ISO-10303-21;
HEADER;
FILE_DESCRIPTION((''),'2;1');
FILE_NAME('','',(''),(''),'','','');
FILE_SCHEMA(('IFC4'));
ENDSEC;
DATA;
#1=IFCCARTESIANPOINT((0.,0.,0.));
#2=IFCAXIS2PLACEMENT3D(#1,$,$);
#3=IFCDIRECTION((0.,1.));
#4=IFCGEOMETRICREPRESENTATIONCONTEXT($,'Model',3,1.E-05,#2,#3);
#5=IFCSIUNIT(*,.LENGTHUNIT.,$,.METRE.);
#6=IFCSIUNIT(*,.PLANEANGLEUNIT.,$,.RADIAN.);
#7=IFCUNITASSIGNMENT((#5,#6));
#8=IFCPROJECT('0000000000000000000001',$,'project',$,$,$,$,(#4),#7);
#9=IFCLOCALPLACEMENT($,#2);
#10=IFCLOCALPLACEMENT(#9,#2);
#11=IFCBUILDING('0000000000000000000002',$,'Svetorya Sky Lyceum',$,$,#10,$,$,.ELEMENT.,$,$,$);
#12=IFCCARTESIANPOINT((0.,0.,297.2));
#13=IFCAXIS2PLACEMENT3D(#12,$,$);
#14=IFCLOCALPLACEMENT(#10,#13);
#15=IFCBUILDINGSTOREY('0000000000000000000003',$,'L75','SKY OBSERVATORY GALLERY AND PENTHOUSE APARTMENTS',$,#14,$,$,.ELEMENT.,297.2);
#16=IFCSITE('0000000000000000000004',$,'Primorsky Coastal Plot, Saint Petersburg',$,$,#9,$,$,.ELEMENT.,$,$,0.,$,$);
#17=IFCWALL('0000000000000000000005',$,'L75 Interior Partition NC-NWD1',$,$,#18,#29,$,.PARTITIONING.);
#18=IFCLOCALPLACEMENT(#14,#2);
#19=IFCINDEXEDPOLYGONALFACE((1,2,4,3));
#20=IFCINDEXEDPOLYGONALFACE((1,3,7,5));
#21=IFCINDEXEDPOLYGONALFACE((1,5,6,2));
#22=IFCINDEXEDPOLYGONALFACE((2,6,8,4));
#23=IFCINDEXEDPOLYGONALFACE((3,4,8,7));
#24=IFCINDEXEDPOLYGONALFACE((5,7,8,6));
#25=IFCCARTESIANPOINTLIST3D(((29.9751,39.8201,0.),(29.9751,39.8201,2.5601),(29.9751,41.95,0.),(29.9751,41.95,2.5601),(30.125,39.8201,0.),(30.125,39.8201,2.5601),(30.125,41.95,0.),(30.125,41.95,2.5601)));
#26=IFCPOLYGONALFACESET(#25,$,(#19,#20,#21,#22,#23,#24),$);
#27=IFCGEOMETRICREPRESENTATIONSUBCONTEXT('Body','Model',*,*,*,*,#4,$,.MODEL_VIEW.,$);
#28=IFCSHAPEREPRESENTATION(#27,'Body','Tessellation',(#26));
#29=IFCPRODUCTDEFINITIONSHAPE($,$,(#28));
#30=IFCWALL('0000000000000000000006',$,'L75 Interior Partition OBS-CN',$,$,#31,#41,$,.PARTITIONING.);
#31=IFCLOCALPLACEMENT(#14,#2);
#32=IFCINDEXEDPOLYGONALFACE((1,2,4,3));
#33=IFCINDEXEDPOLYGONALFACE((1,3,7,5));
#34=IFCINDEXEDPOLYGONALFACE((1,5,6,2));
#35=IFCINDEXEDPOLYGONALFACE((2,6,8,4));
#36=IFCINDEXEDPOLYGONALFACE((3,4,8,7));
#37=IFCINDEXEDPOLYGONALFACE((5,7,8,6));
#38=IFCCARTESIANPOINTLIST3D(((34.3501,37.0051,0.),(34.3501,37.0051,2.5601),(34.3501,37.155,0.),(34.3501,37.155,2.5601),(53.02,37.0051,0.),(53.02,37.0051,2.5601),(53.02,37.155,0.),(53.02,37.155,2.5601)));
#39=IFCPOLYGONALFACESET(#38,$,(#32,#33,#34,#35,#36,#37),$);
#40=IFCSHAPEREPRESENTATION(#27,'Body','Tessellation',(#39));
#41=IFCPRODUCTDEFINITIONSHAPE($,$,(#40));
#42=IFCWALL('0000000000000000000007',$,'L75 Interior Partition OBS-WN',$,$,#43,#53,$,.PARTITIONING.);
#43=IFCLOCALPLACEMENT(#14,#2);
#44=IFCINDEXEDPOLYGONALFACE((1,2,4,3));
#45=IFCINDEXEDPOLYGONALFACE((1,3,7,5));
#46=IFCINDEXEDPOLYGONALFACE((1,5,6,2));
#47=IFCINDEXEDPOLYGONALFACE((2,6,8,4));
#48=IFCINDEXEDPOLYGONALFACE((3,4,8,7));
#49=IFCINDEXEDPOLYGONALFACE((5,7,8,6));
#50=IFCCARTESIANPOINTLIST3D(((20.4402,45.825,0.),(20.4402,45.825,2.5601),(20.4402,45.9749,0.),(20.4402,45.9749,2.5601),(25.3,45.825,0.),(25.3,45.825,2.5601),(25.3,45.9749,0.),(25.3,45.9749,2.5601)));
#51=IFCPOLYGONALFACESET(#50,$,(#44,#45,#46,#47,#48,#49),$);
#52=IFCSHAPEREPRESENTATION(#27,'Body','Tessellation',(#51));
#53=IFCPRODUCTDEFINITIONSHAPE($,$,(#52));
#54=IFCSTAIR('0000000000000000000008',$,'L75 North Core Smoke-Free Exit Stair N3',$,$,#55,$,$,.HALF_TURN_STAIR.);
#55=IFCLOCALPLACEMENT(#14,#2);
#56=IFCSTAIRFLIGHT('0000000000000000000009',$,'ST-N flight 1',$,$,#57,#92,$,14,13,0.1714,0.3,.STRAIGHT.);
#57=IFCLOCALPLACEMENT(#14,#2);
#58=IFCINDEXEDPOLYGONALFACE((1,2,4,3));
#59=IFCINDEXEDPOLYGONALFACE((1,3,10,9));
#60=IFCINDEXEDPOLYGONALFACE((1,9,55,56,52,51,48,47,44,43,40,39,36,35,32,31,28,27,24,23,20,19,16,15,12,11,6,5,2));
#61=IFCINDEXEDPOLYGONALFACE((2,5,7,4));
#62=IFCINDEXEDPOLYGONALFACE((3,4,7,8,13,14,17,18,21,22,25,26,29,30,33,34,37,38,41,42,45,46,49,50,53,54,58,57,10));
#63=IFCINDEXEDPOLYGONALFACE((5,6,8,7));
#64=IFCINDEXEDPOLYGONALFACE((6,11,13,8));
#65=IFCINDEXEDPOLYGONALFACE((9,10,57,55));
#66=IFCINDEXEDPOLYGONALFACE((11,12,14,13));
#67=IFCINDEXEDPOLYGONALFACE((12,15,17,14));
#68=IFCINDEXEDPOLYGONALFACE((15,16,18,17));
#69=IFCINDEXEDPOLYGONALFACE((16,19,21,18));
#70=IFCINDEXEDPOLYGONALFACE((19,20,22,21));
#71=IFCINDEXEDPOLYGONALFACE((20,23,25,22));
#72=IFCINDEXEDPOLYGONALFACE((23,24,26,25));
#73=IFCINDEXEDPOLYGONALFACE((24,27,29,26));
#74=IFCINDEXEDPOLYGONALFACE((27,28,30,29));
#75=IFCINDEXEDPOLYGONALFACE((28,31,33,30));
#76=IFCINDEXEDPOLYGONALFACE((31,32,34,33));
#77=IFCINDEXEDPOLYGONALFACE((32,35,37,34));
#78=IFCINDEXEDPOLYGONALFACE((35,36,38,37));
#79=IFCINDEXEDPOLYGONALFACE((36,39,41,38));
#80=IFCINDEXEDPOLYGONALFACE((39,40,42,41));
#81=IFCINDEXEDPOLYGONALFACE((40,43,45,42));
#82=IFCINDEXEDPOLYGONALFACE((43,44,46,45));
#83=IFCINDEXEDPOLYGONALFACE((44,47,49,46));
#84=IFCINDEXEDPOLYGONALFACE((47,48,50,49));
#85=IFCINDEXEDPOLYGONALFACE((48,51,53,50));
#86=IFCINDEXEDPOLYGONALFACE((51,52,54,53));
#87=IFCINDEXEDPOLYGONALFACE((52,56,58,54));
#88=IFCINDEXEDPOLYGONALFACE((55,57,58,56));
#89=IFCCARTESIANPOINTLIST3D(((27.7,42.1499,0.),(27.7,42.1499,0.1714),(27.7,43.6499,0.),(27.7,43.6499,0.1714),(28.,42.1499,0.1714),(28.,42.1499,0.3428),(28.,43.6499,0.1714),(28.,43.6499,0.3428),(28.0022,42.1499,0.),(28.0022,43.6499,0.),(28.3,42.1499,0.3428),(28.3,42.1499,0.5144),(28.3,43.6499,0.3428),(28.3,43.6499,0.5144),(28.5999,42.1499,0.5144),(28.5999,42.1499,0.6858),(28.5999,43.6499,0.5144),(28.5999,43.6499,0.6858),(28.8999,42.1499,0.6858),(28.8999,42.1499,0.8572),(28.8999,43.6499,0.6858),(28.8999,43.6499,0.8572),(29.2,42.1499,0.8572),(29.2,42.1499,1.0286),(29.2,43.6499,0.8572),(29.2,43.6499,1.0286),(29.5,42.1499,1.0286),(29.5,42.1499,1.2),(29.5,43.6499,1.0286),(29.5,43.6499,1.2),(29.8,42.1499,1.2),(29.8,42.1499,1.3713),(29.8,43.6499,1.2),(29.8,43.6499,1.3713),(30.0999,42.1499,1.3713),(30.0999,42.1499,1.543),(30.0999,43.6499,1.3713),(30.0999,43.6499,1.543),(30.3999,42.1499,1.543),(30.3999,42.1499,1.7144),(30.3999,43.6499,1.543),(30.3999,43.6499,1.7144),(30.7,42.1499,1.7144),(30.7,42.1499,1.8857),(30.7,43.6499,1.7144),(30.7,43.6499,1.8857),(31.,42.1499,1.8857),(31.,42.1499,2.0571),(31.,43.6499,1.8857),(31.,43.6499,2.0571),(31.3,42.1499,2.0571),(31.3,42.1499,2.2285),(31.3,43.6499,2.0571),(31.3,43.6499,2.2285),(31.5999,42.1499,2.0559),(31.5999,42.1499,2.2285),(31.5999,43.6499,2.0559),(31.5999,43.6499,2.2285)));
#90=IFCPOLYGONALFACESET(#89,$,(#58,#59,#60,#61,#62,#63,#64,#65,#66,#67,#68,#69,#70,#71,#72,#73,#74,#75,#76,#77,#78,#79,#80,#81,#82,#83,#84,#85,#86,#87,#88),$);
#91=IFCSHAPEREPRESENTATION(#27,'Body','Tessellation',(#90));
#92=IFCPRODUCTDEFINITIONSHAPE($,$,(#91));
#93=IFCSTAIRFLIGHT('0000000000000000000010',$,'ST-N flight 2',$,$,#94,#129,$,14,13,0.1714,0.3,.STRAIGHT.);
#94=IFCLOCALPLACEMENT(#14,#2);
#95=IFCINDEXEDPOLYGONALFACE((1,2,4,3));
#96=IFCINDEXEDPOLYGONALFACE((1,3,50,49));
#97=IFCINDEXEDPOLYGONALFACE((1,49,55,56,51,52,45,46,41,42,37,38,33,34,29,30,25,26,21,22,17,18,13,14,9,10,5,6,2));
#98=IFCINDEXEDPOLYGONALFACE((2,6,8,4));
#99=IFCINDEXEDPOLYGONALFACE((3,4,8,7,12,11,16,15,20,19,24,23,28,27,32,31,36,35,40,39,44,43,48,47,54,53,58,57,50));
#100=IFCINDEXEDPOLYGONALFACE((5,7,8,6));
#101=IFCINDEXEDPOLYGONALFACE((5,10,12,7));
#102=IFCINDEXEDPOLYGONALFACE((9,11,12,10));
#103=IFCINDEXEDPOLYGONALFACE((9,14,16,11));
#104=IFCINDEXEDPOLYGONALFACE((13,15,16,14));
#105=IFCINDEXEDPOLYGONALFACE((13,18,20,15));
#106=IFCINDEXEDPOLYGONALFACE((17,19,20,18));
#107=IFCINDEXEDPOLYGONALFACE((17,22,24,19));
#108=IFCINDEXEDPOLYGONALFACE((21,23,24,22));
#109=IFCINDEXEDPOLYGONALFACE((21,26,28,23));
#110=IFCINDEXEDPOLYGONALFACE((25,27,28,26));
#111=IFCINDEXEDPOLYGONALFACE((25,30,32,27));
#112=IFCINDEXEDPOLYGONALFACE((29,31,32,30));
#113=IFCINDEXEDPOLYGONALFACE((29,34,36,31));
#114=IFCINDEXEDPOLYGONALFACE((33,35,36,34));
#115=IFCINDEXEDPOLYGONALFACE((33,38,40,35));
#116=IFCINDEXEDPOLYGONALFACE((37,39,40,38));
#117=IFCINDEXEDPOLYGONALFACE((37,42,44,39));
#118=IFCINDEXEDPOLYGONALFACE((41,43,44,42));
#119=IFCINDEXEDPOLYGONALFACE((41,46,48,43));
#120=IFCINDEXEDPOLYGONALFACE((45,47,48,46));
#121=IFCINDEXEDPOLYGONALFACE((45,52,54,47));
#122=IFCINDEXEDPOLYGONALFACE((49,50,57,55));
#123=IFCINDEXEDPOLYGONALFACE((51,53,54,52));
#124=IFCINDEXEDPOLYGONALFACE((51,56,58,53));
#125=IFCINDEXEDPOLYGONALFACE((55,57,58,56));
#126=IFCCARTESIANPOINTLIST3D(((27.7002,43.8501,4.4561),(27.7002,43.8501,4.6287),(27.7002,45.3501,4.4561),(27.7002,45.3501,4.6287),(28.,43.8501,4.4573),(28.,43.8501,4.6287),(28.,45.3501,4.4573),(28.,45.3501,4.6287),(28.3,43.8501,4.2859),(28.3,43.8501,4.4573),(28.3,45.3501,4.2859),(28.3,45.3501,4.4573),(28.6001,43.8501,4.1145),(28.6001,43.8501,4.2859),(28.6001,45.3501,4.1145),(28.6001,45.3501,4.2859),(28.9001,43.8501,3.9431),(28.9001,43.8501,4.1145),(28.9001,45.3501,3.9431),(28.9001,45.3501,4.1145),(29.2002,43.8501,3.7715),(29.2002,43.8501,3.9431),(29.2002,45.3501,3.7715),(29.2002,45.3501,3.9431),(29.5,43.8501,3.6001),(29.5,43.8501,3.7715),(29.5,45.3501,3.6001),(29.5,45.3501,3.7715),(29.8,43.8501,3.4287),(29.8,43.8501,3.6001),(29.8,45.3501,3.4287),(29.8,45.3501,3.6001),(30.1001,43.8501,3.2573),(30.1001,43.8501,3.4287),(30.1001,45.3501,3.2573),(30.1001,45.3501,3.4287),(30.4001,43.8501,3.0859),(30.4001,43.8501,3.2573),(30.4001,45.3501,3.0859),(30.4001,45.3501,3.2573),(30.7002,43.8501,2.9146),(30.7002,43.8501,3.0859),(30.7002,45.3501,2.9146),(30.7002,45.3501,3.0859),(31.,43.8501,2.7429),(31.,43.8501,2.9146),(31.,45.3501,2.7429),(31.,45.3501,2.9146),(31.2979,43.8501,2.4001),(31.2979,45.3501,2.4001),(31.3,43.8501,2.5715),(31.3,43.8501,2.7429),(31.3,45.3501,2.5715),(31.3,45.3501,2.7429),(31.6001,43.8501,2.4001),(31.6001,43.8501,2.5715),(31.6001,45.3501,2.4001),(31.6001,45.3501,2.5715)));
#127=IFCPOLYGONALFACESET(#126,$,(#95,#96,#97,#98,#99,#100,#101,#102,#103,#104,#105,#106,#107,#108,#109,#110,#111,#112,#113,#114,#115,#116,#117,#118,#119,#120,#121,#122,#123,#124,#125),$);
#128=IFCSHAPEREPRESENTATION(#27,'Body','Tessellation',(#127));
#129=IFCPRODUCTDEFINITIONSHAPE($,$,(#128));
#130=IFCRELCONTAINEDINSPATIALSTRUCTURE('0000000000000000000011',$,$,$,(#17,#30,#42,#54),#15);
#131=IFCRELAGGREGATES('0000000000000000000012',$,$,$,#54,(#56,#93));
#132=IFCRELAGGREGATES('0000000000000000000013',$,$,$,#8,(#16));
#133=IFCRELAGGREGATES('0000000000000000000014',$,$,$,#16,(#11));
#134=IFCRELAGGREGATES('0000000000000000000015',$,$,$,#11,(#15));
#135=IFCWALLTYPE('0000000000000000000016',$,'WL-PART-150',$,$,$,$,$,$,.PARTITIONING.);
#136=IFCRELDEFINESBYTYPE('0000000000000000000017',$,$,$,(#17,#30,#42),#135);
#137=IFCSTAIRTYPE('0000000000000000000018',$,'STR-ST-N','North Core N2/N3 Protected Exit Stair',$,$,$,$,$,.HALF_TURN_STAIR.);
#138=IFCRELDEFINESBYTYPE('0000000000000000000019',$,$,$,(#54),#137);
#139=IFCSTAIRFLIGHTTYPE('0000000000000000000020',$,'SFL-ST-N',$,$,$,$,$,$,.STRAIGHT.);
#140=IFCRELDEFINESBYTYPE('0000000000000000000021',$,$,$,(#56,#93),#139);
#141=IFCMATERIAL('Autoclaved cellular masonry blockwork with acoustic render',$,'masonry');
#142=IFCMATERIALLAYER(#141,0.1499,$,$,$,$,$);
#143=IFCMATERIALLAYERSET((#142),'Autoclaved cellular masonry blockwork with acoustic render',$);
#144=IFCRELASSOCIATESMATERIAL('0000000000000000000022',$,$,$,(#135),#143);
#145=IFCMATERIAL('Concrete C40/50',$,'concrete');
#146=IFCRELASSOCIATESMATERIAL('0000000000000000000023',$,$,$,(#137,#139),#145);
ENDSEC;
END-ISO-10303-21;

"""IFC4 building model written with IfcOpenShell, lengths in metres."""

from ifc_helpers import new_model, si_unit, direction, frame, frame_2d, origin, place, context, subcontext, project, spatial, polyline, rectangle, outline, extrude, material, layer, layer_set, type_object, element, aggregate, save


model = new_model("IFC4")

# Units and contexts
model_context = context("Model", 3, precision=1e-05, world=origin(), true_north=direction((0.0, 1.0)))
body_context = subcontext(model_context, "Body", "Model", "MODEL_VIEW")
ifc_project = project(units=[si_unit("LENGTHUNIT", "METRE"), si_unit("PLANEANGLEUNIT", "RADIAN")], contexts=[model_context])

# Site, building, storey
site_placement = place(None, origin())
site = spatial("IfcSite", under=ifc_project, at=site_placement, Name="Primorsky Coastal Plot, Saint Petersburg", CompositionType="ELEMENT", RefElevation=0.0)
building_placement = place(site_placement, origin())
building = spatial("IfcBuilding", under=site, at=building_placement, Name="Svetorya Sky Lyceum", CompositionType="ELEMENT")
storey_placement = place(building_placement, frame((0.0, 0.0, 297.2)))
storey = spatial("IfcBuildingStorey", under=building, at=storey_placement, Name="L75", Description="SKY OBSERVATORY GALLERY AND PENTHOUSE APARTMENTS", CompositionType="ELEMENT", Elevation=297.2)

# Shared definitions
ifc_material_1 = material(Name="Concrete C40/50", Category="concrete")

# Shared definitions
ifc_material_2 = material(Name="Autoclaved cellular masonry blockwork with acoustic render", Category="masonry")
ifc_layer_1 = layer(ifc_material_2, 0.1499)
ifc_layer_set_1 = layer_set([ifc_layer_1], Name="Autoclaved cellular masonry blockwork with acoustic render")
wall_type_1 = type_object("IfcWallType", Name="WL-PART-150", PredefinedType="PARTITIONING", material=ifc_layer_set_1)

# Walls
wall_1_placement = place(storey_placement, frame((30.05, 39.8201, 0.0), z_axis=(0.0, 0.0, 1.0), x_axis=(0.0, 1.0, 0.0)))
element("IfcWall", 1, at=wall_1_placement, inside=storey, type_object=wall_type_1, Name="L75 Interior Partition NC-NWD1", PredefinedType="PARTITIONING", context=body_context, shape_type="SweptSolid", body=[
    extrude(rectangle(XDim=2.1299, YDim=0.1499, at=frame_2d((1.0649, 0.0))), origin(), (0.0, 0.0, 1.0), 2.5601),
])
wall_2_placement = place(storey_placement, frame((34.3501, 37.0801, 0.0), z_axis=(0.0, 0.0, 1.0), x_axis=(1.0, 0.0, 0.0)))
element("IfcWall", 2, at=wall_2_placement, inside=storey, type_object=wall_type_1, Name="L75 Interior Partition OBS-CN", PredefinedType="PARTITIONING", context=body_context, shape_type="SweptSolid", body=[
    extrude(rectangle(XDim=18.6699, YDim=0.1499, at=frame_2d((9.335, 0.0))), origin(), (0.0, 0.0, 1.0), 2.5601),
])
wall_3_placement = place(storey_placement, frame((20.4402, 45.8999, 0.0), z_axis=(0.0, 0.0, 1.0), x_axis=(1.0, 0.0, 0.0)))
element("IfcWall", 3, at=wall_3_placement, inside=storey, type_object=wall_type_1, Name="L75 Interior Partition OBS-WN", PredefinedType="PARTITIONING", context=body_context, shape_type="SweptSolid", body=[
    extrude(rectangle(XDim=4.8599, YDim=0.1499, at=frame_2d((2.4299, 0.0))), origin(), (0.0, 0.0, 1.0), 2.5601),
])

# Stair, stair flights
stair_type = type_object("IfcStairType", Name="STR-ST-N", Description="North Core N2/N3 Protected Exit Stair", PredefinedType="HALF_TURN_STAIR", material=ifc_material_1)
stair_placement = place(storey_placement, origin())
stair = element("IfcStair", 4, at=stair_placement, inside=storey, type_object=stair_type, Name="L75 North Core Smoke-Free Exit Stair N3", PredefinedType="HALF_TURN_STAIR")
stair_flight_type = type_object("IfcStairFlightType", Name="SFL-ST-N", PredefinedType="STRAIGHT", material=ifc_material_1)
stair_flight_1_placement = place(storey_placement, frame((27.7, 42.8999, 0.0), z_axis=(0.0, 0.0, 1.0), x_axis=(1.0, 0.0, 0.0)))
stair_flight_1 = element("IfcStairFlight", 5, at=stair_flight_1_placement, type_object=stair_flight_type, Name="ST-N flight 1", NumberOfRisers=14, NumberOfTreads=13, PredefinedType="STRAIGHT", RiserHeight=0.1714, TreadLength=0.3, context=body_context, shape_type="SweptSolid", body=[
    extrude(outline(polyline([(0.0, 0.0), (0.0, 0.1714), (0.3, 0.1714), (0.3, 0.3428), (0.6001, 0.3428), (0.6001, 0.5144), (0.8999, 0.5144), (0.8999, 0.6858), (1.2, 0.6858), (1.2, 0.8572), (1.5, 0.8572), (1.5, 1.0286), (1.8, 1.0286), (1.8, 1.2), (2.1001, 1.2), (2.1001, 1.3713), (2.3999, 1.3713), (2.3999, 1.543), (2.7, 1.543), (2.7, 1.7144), (3.0, 1.7144), (3.0, 1.8857), (3.3, 1.8857), (3.3, 2.0571), (3.6001, 2.0571), (3.6001, 2.2285), (3.8999, 2.2285), (3.8999, 2.3999), (3.8999, 2.0559), (0.3022, 0.0), (0.0, 0.0)])), frame((0.0, 0.75, 0.0), z_axis=(0.0, -1.0, 0.0), x_axis=(1.0, 0.0, 0.0)), (0.0, 0.0, 1.0), 1.5),
])
stair_flight_2_placement = place(storey_placement, frame((31.6001, 44.6001, 2.4001), z_axis=(0.0, 0.0, 1.0), x_axis=(-1.0, 0.0, 0.0)))
stair_flight_2 = element("IfcStairFlight", 6, at=stair_flight_2_placement, type_object=stair_flight_type, Name="ST-N flight 2", NumberOfRisers=14, NumberOfTreads=13, PredefinedType="STRAIGHT", RiserHeight=0.1714, TreadLength=0.3, context=body_context, shape_type="SweptSolid", body=[
    extrude(outline(polyline([(0.0, 0.0), (0.0, 0.1714), (0.3, 0.1714), (0.3, 0.3428), (0.6001, 0.3428), (0.6001, 0.5144), (0.8999, 0.5144), (0.8999, 0.6858), (1.2, 0.6858), (1.2, 0.8572), (1.5, 0.8572), (1.5, 1.0286), (1.8, 1.0286), (1.8, 1.2), (2.1001, 1.2), (2.1001, 1.3713), (2.3999, 1.3713), (2.3999, 1.543), (2.7, 1.543), (2.7, 1.7144), (3.0, 1.7144), (3.0, 1.8857), (3.3, 1.8857), (3.3, 2.0571), (3.6001, 2.0571), (3.6001, 2.2285), (3.8999, 2.2285), (3.8999, 2.3999), (3.8999, 2.0559), (0.3022, 0.0), (0.0, 0.0)])), frame((0.0, 0.75, 0.0), z_axis=(0.0, -1.0, 0.0), x_axis=(1.0, 0.0, 0.0)), (0.0, 0.0, 1.0), 1.5),
])
aggregate(stair, [stair_flight_1, stair_flight_2])

save(model, "model.ifc")
